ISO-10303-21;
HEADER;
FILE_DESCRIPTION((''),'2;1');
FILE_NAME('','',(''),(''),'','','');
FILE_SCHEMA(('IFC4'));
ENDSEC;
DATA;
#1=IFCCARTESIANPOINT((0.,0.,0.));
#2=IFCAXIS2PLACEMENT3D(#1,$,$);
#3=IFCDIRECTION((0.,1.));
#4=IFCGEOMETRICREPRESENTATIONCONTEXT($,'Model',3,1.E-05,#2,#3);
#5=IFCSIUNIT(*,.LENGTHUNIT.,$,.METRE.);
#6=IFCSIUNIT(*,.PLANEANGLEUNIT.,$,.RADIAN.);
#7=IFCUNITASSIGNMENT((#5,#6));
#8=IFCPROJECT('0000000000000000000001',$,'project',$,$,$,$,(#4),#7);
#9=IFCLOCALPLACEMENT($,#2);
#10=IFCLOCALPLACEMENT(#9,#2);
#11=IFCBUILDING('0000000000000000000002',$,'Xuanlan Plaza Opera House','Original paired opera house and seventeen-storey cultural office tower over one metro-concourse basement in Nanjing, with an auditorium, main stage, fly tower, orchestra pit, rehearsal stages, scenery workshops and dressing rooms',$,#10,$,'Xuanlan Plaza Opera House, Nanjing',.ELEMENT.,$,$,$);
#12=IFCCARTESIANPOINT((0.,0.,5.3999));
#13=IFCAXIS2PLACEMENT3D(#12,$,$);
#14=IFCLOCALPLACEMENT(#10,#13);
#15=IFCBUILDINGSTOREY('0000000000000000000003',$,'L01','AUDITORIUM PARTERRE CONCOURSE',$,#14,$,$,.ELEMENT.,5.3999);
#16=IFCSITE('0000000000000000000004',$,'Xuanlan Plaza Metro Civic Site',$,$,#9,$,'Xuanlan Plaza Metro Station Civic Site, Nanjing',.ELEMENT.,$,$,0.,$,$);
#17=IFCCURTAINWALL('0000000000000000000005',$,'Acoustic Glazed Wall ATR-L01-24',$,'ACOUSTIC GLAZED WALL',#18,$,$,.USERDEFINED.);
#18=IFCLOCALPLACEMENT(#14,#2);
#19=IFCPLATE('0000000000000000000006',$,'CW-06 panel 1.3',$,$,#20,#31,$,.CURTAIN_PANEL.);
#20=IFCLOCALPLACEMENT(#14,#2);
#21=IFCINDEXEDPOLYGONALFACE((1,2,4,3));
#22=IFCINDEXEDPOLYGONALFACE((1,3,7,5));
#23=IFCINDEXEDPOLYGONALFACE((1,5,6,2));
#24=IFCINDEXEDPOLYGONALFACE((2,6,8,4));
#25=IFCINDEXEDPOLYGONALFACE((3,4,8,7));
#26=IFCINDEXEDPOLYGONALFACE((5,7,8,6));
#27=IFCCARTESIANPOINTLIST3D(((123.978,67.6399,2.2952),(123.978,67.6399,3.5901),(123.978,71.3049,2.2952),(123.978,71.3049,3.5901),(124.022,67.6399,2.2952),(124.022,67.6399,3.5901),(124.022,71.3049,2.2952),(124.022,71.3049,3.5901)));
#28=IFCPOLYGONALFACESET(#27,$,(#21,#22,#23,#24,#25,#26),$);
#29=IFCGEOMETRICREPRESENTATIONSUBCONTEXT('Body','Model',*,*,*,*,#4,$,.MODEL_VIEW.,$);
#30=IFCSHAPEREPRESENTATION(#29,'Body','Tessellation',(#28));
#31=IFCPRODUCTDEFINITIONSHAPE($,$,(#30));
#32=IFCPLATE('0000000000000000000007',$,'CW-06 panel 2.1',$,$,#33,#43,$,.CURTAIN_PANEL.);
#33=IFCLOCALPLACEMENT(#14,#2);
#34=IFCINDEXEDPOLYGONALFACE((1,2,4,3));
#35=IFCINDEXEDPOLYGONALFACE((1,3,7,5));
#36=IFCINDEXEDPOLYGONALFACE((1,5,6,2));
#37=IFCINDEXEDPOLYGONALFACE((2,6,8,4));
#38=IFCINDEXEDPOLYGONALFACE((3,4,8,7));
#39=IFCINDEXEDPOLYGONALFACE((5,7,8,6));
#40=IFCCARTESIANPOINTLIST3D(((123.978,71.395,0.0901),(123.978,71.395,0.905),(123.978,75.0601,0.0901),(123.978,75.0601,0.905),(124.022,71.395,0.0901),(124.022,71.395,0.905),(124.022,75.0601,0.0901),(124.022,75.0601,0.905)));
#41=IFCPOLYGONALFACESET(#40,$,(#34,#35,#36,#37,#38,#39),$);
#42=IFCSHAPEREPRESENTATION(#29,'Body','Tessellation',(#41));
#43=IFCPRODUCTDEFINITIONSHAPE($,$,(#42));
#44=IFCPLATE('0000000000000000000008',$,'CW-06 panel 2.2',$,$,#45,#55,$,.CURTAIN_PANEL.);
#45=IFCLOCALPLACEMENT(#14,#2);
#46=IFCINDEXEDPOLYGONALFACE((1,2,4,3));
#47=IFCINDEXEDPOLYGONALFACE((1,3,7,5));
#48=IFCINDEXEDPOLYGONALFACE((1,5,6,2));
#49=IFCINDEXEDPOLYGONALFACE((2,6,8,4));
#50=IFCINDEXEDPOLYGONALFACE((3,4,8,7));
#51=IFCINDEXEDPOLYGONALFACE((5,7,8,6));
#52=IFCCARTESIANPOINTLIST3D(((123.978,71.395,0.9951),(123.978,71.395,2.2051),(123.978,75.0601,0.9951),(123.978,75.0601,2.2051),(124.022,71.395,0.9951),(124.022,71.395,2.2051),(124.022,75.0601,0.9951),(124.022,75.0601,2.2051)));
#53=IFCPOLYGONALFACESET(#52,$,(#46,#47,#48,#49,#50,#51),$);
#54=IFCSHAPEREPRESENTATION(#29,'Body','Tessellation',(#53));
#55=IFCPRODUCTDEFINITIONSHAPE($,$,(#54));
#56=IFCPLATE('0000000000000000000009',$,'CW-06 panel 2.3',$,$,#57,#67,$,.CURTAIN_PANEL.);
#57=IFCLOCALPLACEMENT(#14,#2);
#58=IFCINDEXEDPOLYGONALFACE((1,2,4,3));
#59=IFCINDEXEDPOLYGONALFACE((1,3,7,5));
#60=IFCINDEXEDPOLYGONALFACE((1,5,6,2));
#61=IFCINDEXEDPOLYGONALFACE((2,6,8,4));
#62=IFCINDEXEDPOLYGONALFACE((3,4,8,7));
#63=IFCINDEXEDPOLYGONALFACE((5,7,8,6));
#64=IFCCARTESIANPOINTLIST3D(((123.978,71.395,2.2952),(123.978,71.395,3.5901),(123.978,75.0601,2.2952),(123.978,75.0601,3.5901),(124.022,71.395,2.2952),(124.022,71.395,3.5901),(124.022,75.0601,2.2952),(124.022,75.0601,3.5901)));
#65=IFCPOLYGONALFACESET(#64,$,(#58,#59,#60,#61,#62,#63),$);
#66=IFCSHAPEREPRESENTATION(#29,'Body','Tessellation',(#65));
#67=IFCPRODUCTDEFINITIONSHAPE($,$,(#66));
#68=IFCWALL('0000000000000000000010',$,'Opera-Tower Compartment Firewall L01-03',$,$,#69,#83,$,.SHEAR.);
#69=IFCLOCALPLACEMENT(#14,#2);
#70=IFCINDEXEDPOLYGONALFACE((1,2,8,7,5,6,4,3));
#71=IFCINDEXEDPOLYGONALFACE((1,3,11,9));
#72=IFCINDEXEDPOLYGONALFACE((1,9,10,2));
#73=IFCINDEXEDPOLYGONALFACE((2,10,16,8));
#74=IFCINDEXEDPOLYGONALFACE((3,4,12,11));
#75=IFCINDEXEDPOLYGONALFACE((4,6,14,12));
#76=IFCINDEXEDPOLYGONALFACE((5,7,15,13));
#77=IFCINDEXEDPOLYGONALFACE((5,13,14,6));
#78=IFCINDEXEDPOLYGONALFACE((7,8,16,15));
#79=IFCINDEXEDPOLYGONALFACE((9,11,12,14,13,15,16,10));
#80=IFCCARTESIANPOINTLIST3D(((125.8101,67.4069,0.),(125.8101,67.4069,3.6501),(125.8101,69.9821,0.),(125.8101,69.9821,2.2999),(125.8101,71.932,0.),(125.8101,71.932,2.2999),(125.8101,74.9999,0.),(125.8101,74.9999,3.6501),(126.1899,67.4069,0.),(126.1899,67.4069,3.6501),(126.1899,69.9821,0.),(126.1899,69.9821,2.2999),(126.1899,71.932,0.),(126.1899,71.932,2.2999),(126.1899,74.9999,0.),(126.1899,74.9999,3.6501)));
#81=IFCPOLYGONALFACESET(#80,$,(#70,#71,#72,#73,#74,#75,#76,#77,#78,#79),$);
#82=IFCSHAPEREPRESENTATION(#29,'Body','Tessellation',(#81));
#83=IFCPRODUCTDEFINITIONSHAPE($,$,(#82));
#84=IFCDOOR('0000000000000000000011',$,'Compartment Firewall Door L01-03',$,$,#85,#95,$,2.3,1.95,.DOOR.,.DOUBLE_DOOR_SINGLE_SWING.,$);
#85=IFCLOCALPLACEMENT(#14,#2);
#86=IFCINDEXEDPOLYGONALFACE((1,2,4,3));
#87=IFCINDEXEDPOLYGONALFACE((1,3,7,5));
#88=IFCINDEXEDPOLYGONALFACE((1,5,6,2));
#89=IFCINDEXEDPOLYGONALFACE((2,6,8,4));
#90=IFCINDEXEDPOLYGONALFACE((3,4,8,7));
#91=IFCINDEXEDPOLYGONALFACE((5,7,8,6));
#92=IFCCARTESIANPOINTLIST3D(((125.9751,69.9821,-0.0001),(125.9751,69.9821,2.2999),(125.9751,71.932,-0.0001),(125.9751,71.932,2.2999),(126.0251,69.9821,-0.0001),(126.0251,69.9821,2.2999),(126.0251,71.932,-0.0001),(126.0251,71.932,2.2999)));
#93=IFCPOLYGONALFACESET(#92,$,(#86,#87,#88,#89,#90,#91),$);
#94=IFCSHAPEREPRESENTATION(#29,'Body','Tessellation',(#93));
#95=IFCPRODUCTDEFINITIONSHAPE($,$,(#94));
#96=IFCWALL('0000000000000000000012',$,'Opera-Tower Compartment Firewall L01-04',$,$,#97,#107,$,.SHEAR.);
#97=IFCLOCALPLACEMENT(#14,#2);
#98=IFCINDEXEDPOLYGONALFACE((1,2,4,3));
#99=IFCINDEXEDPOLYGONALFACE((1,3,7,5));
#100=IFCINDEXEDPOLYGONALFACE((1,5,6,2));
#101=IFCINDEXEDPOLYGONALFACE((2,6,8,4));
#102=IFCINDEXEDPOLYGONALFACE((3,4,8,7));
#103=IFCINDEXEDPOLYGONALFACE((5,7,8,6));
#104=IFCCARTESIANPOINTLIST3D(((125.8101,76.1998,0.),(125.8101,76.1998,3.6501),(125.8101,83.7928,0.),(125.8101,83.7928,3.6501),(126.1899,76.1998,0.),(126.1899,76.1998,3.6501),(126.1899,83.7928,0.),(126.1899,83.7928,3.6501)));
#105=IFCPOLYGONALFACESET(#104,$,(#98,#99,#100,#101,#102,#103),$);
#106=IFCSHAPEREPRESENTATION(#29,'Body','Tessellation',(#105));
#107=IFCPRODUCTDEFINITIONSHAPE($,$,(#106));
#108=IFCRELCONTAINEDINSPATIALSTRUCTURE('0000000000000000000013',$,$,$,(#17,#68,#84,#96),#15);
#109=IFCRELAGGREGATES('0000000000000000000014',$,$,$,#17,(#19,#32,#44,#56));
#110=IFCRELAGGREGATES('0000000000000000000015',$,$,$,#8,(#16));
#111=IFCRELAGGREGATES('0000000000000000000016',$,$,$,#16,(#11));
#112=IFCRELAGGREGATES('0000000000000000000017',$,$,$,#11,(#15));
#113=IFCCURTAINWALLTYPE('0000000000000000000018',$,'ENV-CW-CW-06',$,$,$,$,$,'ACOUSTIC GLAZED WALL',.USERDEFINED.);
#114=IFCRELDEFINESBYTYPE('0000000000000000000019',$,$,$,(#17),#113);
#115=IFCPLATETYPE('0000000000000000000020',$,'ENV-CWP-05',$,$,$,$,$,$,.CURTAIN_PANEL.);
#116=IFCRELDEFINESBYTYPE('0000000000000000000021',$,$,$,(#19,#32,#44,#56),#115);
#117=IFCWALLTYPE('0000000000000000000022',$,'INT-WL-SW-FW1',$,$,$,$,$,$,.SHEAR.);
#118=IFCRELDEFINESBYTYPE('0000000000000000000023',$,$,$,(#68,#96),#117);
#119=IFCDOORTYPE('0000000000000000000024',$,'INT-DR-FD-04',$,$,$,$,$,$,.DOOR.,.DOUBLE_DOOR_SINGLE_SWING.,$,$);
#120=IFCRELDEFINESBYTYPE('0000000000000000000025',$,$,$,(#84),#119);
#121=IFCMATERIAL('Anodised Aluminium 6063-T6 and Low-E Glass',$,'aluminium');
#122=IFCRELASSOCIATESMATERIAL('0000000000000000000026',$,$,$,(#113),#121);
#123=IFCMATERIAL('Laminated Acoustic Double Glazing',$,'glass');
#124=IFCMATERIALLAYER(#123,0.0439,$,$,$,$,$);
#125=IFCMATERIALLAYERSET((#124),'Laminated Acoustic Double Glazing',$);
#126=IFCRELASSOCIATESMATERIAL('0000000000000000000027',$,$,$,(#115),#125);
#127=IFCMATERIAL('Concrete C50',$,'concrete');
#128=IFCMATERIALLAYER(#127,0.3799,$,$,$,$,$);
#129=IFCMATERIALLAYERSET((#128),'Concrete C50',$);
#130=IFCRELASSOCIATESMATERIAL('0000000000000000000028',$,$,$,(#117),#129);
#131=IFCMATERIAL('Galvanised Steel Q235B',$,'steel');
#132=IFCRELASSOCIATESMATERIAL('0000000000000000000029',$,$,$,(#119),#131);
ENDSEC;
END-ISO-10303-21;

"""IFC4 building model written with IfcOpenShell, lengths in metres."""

from ifc_helpers import new_model, si_unit, direction, frame, frame_2d, origin, origin_2d, place, context, subcontext, project, spatial, rectangle, extrude, material, layer, layer_set, type_object, element, fill, aggregate, save


model = new_model("IFC4")

# Units and contexts
model_context = context("Model", 3, precision=1e-05, world=origin(), true_north=direction((0.0, 1.0)))
body_context = subcontext(model_context, "Body", "Model", "MODEL_VIEW")
ifc_project = project(units=[si_unit("LENGTHUNIT", "METRE"), si_unit("PLANEANGLEUNIT", "RADIAN")], contexts=[model_context])

# Site, building, storey
site_placement = place(None, origin())
site = spatial("IfcSite", under=ifc_project, at=site_placement, Name="Xuanlan Plaza Metro Civic Site", LongName="Xuanlan Plaza Metro Station Civic Site, Nanjing", CompositionType="ELEMENT", RefElevation=0.0)
building_placement = place(site_placement, origin())
building = spatial("IfcBuilding", under=site, at=building_placement, Name="Xuanlan Plaza Opera House", Description="Original paired opera house and seventeen-storey cultural office tower over one metro-concourse basement in Nanjing, with an auditorium, main stage, fly tower, orchestra pit, rehearsal stages, scenery workshops and dressing rooms", LongName="Xuanlan Plaza Opera House, Nanjing", CompositionType="ELEMENT")
storey_placement = place(building_placement, frame((0.0, 0.0, 5.3999)))
storey = spatial("IfcBuildingStorey", under=building, at=storey_placement, Name="L01", Description="AUDITORIUM PARTERRE CONCOURSE", CompositionType="ELEMENT", Elevation=5.3999)

# Curtain wall
ifc_material_1 = material(Name="Anodised Aluminium 6063-T6 and Low-E Glass", Category="aluminium")
curtain_wall_type = type_object("IfcCurtainWallType", Name="ENV-CW-CW-06", ElementType="ACOUSTIC GLAZED WALL", PredefinedType="USERDEFINED", material=ifc_material_1)
curtain_wall_placement = place(storey_placement, origin())
curtain_wall = element("IfcCurtainWall", 1, at=curtain_wall_placement, inside=storey, type_object=curtain_wall_type, Name="Acoustic Glazed Wall ATR-L01-24", ObjectType="ACOUSTIC GLAZED WALL", PredefinedType="USERDEFINED")

# Plates
ifc_material_2 = material(Name="Laminated Acoustic Double Glazing", Category="glass")
ifc_layer_1 = layer(ifc_material_2, 0.0439)
ifc_layer_set_1 = layer_set([ifc_layer_1], Name="Laminated Acoustic Double Glazing")
plate_type = type_object("IfcPlateType", Name="ENV-CWP-05", PredefinedType="CURTAIN_PANEL", material=ifc_layer_set_1)
plate_1_placement = place(storey_placement, frame((124.0, 69.4724, 2.2952), z_axis=(0.0, 0.0, 1.0), x_axis=(0.0, 1.0, 0.0)))
plate_1 = element("IfcPlate", 2, at=plate_1_placement, type_object=plate_type, Name="CW-06 panel 1.3", PredefinedType="CURTAIN_PANEL", context=body_context, shape_type="SweptSolid", body=[
    extrude(rectangle(XDim=3.665, YDim=0.0439, at=origin_2d()), origin(), (0.0, 0.0, 1.0), 1.2949),
])
plate_2_placement = place(storey_placement, frame((124.0, 73.2275, 0.0901), z_axis=(0.0, 0.0, 1.0), x_axis=(0.0, 1.0, 0.0)))
plate_2 = element("IfcPlate", 3, at=plate_2_placement, type_object=plate_type, Name="CW-06 panel 2.1", PredefinedType="CURTAIN_PANEL", context=body_context, shape_type="SweptSolid", body=[
    extrude(rectangle(XDim=3.665, YDim=0.0439, at=origin_2d()), origin(), (0.0, 0.0, 1.0), 0.8149),
])
plate_3_placement = place(storey_placement, frame((124.0, 73.2275, 0.9951), z_axis=(0.0, 0.0, 1.0), x_axis=(0.0, 1.0, 0.0)))
plate_3 = element("IfcPlate", 4, at=plate_3_placement, type_object=plate_type, Name="CW-06 panel 2.2", PredefinedType="CURTAIN_PANEL", context=body_context, shape_type="SweptSolid", body=[
    extrude(rectangle(XDim=3.665, YDim=0.0439, at=origin_2d()), origin(), (0.0, 0.0, 1.0), 1.21),
])
plate_4_placement = place(storey_placement, frame((124.0, 73.2275, 2.2952), z_axis=(0.0, 0.0, 1.0), x_axis=(0.0, 1.0, 0.0)))
plate_4 = element("IfcPlate", 5, at=plate_4_placement, type_object=plate_type, Name="CW-06 panel 2.3", PredefinedType="CURTAIN_PANEL", context=body_context, shape_type="SweptSolid", body=[
    extrude(rectangle(XDim=3.665, YDim=0.0439, at=origin_2d()), origin(), (0.0, 0.0, 1.0), 1.2949),
])
aggregate(curtain_wall, [plate_1, plate_2, plate_3, plate_4])

# Wall, opening, door
ifc_material_3 = material(Name="Concrete C50", Category="concrete")
ifc_layer_2 = layer(ifc_material_3, 0.3799)
ifc_layer_set_2 = layer_set([ifc_layer_2], Name="Concrete C50")
wall_type = type_object("IfcWallType", Name="INT-WL-SW-FW1", PredefinedType="SHEAR", material=ifc_layer_set_2)
wall_1_placement = place(storey_placement, frame((126.0, 67.407, 0.0), z_axis=(0.0, 0.0, 1.0), x_axis=(0.0, 1.0, 0.0)))
wall_1 = element("IfcWall", 6, at=wall_1_placement, inside=storey, type_object=wall_type, Name="Opera-Tower Compartment Firewall L01-03", PredefinedType="SHEAR", context=body_context, shape_type="SweptSolid", body=[
    extrude(rectangle(XDim=7.593, YDim=0.3799, at=frame_2d((3.7964, 0.0))), origin(), (0.0, 0.0, 1.0), 3.6501),
])
opening_placement = place(wall_1_placement, frame((2.575, 0.0, 0.0)))
opening = element("IfcOpeningElement", 7, at=opening_placement, cuts=wall_1, PredefinedType="OPENING", context=body_context, shape_type="SweptSolid", body=[
    extrude(rectangle(XDim=1.95, YDim=2.3, at=frame_2d((0.9751, 1.1499))), frame((0.0, 0.2, 0.0), z_axis=(0.0, -1.0, 0.0), x_axis=(1.0, 0.0, 0.0)), (0.0, 0.0, 1.0), 0.3999),
])
ifc_material_4 = material(Name="Galvanised Steel Q235B", Category="steel")
door_type = type_object("IfcDoorType", Name="INT-DR-FD-04", OperationType="DOUBLE_DOOR_SINGLE_SWING", PredefinedType="DOOR", material=ifc_material_4)
door_placement = place(opening_placement, origin())
door = element("IfcDoor", 8, at=door_placement, inside=storey, type_object=door_type, Name="Compartment Firewall Door L01-03", OperationType="DOUBLE_DOOR_SINGLE_SWING", OverallHeight=2.3, OverallWidth=1.95, PredefinedType="DOOR", context=body_context, shape_type="SweptSolid", body=[
    extrude(rectangle(XDim=1.95, YDim=2.3, at=frame_2d((0.9751, 1.1499))), frame((0.0, 0.0249, 0.0), z_axis=(0.0, -1.0, 0.0), x_axis=(1.0, 0.0, 0.0)), (0.0, 0.0, 1.0), 0.05),
])
fill(opening, door)

# Wall
wall_2_placement = place(storey_placement, frame((126.0, 76.2, 0.0), z_axis=(0.0, 0.0, 1.0), x_axis=(0.0, 1.0, 0.0)))
element("IfcWall", 9, at=wall_2_placement, inside=storey, type_object=wall_type, Name="Opera-Tower Compartment Firewall L01-04", PredefinedType="SHEAR", context=body_context, shape_type="SweptSolid", body=[
    extrude(rectangle(XDim=7.593, YDim=0.3799, at=frame_2d((3.7964, 0.0))), origin(), (0.0, 0.0, 1.0), 3.6501),
])

save(model, "model.ifc")
